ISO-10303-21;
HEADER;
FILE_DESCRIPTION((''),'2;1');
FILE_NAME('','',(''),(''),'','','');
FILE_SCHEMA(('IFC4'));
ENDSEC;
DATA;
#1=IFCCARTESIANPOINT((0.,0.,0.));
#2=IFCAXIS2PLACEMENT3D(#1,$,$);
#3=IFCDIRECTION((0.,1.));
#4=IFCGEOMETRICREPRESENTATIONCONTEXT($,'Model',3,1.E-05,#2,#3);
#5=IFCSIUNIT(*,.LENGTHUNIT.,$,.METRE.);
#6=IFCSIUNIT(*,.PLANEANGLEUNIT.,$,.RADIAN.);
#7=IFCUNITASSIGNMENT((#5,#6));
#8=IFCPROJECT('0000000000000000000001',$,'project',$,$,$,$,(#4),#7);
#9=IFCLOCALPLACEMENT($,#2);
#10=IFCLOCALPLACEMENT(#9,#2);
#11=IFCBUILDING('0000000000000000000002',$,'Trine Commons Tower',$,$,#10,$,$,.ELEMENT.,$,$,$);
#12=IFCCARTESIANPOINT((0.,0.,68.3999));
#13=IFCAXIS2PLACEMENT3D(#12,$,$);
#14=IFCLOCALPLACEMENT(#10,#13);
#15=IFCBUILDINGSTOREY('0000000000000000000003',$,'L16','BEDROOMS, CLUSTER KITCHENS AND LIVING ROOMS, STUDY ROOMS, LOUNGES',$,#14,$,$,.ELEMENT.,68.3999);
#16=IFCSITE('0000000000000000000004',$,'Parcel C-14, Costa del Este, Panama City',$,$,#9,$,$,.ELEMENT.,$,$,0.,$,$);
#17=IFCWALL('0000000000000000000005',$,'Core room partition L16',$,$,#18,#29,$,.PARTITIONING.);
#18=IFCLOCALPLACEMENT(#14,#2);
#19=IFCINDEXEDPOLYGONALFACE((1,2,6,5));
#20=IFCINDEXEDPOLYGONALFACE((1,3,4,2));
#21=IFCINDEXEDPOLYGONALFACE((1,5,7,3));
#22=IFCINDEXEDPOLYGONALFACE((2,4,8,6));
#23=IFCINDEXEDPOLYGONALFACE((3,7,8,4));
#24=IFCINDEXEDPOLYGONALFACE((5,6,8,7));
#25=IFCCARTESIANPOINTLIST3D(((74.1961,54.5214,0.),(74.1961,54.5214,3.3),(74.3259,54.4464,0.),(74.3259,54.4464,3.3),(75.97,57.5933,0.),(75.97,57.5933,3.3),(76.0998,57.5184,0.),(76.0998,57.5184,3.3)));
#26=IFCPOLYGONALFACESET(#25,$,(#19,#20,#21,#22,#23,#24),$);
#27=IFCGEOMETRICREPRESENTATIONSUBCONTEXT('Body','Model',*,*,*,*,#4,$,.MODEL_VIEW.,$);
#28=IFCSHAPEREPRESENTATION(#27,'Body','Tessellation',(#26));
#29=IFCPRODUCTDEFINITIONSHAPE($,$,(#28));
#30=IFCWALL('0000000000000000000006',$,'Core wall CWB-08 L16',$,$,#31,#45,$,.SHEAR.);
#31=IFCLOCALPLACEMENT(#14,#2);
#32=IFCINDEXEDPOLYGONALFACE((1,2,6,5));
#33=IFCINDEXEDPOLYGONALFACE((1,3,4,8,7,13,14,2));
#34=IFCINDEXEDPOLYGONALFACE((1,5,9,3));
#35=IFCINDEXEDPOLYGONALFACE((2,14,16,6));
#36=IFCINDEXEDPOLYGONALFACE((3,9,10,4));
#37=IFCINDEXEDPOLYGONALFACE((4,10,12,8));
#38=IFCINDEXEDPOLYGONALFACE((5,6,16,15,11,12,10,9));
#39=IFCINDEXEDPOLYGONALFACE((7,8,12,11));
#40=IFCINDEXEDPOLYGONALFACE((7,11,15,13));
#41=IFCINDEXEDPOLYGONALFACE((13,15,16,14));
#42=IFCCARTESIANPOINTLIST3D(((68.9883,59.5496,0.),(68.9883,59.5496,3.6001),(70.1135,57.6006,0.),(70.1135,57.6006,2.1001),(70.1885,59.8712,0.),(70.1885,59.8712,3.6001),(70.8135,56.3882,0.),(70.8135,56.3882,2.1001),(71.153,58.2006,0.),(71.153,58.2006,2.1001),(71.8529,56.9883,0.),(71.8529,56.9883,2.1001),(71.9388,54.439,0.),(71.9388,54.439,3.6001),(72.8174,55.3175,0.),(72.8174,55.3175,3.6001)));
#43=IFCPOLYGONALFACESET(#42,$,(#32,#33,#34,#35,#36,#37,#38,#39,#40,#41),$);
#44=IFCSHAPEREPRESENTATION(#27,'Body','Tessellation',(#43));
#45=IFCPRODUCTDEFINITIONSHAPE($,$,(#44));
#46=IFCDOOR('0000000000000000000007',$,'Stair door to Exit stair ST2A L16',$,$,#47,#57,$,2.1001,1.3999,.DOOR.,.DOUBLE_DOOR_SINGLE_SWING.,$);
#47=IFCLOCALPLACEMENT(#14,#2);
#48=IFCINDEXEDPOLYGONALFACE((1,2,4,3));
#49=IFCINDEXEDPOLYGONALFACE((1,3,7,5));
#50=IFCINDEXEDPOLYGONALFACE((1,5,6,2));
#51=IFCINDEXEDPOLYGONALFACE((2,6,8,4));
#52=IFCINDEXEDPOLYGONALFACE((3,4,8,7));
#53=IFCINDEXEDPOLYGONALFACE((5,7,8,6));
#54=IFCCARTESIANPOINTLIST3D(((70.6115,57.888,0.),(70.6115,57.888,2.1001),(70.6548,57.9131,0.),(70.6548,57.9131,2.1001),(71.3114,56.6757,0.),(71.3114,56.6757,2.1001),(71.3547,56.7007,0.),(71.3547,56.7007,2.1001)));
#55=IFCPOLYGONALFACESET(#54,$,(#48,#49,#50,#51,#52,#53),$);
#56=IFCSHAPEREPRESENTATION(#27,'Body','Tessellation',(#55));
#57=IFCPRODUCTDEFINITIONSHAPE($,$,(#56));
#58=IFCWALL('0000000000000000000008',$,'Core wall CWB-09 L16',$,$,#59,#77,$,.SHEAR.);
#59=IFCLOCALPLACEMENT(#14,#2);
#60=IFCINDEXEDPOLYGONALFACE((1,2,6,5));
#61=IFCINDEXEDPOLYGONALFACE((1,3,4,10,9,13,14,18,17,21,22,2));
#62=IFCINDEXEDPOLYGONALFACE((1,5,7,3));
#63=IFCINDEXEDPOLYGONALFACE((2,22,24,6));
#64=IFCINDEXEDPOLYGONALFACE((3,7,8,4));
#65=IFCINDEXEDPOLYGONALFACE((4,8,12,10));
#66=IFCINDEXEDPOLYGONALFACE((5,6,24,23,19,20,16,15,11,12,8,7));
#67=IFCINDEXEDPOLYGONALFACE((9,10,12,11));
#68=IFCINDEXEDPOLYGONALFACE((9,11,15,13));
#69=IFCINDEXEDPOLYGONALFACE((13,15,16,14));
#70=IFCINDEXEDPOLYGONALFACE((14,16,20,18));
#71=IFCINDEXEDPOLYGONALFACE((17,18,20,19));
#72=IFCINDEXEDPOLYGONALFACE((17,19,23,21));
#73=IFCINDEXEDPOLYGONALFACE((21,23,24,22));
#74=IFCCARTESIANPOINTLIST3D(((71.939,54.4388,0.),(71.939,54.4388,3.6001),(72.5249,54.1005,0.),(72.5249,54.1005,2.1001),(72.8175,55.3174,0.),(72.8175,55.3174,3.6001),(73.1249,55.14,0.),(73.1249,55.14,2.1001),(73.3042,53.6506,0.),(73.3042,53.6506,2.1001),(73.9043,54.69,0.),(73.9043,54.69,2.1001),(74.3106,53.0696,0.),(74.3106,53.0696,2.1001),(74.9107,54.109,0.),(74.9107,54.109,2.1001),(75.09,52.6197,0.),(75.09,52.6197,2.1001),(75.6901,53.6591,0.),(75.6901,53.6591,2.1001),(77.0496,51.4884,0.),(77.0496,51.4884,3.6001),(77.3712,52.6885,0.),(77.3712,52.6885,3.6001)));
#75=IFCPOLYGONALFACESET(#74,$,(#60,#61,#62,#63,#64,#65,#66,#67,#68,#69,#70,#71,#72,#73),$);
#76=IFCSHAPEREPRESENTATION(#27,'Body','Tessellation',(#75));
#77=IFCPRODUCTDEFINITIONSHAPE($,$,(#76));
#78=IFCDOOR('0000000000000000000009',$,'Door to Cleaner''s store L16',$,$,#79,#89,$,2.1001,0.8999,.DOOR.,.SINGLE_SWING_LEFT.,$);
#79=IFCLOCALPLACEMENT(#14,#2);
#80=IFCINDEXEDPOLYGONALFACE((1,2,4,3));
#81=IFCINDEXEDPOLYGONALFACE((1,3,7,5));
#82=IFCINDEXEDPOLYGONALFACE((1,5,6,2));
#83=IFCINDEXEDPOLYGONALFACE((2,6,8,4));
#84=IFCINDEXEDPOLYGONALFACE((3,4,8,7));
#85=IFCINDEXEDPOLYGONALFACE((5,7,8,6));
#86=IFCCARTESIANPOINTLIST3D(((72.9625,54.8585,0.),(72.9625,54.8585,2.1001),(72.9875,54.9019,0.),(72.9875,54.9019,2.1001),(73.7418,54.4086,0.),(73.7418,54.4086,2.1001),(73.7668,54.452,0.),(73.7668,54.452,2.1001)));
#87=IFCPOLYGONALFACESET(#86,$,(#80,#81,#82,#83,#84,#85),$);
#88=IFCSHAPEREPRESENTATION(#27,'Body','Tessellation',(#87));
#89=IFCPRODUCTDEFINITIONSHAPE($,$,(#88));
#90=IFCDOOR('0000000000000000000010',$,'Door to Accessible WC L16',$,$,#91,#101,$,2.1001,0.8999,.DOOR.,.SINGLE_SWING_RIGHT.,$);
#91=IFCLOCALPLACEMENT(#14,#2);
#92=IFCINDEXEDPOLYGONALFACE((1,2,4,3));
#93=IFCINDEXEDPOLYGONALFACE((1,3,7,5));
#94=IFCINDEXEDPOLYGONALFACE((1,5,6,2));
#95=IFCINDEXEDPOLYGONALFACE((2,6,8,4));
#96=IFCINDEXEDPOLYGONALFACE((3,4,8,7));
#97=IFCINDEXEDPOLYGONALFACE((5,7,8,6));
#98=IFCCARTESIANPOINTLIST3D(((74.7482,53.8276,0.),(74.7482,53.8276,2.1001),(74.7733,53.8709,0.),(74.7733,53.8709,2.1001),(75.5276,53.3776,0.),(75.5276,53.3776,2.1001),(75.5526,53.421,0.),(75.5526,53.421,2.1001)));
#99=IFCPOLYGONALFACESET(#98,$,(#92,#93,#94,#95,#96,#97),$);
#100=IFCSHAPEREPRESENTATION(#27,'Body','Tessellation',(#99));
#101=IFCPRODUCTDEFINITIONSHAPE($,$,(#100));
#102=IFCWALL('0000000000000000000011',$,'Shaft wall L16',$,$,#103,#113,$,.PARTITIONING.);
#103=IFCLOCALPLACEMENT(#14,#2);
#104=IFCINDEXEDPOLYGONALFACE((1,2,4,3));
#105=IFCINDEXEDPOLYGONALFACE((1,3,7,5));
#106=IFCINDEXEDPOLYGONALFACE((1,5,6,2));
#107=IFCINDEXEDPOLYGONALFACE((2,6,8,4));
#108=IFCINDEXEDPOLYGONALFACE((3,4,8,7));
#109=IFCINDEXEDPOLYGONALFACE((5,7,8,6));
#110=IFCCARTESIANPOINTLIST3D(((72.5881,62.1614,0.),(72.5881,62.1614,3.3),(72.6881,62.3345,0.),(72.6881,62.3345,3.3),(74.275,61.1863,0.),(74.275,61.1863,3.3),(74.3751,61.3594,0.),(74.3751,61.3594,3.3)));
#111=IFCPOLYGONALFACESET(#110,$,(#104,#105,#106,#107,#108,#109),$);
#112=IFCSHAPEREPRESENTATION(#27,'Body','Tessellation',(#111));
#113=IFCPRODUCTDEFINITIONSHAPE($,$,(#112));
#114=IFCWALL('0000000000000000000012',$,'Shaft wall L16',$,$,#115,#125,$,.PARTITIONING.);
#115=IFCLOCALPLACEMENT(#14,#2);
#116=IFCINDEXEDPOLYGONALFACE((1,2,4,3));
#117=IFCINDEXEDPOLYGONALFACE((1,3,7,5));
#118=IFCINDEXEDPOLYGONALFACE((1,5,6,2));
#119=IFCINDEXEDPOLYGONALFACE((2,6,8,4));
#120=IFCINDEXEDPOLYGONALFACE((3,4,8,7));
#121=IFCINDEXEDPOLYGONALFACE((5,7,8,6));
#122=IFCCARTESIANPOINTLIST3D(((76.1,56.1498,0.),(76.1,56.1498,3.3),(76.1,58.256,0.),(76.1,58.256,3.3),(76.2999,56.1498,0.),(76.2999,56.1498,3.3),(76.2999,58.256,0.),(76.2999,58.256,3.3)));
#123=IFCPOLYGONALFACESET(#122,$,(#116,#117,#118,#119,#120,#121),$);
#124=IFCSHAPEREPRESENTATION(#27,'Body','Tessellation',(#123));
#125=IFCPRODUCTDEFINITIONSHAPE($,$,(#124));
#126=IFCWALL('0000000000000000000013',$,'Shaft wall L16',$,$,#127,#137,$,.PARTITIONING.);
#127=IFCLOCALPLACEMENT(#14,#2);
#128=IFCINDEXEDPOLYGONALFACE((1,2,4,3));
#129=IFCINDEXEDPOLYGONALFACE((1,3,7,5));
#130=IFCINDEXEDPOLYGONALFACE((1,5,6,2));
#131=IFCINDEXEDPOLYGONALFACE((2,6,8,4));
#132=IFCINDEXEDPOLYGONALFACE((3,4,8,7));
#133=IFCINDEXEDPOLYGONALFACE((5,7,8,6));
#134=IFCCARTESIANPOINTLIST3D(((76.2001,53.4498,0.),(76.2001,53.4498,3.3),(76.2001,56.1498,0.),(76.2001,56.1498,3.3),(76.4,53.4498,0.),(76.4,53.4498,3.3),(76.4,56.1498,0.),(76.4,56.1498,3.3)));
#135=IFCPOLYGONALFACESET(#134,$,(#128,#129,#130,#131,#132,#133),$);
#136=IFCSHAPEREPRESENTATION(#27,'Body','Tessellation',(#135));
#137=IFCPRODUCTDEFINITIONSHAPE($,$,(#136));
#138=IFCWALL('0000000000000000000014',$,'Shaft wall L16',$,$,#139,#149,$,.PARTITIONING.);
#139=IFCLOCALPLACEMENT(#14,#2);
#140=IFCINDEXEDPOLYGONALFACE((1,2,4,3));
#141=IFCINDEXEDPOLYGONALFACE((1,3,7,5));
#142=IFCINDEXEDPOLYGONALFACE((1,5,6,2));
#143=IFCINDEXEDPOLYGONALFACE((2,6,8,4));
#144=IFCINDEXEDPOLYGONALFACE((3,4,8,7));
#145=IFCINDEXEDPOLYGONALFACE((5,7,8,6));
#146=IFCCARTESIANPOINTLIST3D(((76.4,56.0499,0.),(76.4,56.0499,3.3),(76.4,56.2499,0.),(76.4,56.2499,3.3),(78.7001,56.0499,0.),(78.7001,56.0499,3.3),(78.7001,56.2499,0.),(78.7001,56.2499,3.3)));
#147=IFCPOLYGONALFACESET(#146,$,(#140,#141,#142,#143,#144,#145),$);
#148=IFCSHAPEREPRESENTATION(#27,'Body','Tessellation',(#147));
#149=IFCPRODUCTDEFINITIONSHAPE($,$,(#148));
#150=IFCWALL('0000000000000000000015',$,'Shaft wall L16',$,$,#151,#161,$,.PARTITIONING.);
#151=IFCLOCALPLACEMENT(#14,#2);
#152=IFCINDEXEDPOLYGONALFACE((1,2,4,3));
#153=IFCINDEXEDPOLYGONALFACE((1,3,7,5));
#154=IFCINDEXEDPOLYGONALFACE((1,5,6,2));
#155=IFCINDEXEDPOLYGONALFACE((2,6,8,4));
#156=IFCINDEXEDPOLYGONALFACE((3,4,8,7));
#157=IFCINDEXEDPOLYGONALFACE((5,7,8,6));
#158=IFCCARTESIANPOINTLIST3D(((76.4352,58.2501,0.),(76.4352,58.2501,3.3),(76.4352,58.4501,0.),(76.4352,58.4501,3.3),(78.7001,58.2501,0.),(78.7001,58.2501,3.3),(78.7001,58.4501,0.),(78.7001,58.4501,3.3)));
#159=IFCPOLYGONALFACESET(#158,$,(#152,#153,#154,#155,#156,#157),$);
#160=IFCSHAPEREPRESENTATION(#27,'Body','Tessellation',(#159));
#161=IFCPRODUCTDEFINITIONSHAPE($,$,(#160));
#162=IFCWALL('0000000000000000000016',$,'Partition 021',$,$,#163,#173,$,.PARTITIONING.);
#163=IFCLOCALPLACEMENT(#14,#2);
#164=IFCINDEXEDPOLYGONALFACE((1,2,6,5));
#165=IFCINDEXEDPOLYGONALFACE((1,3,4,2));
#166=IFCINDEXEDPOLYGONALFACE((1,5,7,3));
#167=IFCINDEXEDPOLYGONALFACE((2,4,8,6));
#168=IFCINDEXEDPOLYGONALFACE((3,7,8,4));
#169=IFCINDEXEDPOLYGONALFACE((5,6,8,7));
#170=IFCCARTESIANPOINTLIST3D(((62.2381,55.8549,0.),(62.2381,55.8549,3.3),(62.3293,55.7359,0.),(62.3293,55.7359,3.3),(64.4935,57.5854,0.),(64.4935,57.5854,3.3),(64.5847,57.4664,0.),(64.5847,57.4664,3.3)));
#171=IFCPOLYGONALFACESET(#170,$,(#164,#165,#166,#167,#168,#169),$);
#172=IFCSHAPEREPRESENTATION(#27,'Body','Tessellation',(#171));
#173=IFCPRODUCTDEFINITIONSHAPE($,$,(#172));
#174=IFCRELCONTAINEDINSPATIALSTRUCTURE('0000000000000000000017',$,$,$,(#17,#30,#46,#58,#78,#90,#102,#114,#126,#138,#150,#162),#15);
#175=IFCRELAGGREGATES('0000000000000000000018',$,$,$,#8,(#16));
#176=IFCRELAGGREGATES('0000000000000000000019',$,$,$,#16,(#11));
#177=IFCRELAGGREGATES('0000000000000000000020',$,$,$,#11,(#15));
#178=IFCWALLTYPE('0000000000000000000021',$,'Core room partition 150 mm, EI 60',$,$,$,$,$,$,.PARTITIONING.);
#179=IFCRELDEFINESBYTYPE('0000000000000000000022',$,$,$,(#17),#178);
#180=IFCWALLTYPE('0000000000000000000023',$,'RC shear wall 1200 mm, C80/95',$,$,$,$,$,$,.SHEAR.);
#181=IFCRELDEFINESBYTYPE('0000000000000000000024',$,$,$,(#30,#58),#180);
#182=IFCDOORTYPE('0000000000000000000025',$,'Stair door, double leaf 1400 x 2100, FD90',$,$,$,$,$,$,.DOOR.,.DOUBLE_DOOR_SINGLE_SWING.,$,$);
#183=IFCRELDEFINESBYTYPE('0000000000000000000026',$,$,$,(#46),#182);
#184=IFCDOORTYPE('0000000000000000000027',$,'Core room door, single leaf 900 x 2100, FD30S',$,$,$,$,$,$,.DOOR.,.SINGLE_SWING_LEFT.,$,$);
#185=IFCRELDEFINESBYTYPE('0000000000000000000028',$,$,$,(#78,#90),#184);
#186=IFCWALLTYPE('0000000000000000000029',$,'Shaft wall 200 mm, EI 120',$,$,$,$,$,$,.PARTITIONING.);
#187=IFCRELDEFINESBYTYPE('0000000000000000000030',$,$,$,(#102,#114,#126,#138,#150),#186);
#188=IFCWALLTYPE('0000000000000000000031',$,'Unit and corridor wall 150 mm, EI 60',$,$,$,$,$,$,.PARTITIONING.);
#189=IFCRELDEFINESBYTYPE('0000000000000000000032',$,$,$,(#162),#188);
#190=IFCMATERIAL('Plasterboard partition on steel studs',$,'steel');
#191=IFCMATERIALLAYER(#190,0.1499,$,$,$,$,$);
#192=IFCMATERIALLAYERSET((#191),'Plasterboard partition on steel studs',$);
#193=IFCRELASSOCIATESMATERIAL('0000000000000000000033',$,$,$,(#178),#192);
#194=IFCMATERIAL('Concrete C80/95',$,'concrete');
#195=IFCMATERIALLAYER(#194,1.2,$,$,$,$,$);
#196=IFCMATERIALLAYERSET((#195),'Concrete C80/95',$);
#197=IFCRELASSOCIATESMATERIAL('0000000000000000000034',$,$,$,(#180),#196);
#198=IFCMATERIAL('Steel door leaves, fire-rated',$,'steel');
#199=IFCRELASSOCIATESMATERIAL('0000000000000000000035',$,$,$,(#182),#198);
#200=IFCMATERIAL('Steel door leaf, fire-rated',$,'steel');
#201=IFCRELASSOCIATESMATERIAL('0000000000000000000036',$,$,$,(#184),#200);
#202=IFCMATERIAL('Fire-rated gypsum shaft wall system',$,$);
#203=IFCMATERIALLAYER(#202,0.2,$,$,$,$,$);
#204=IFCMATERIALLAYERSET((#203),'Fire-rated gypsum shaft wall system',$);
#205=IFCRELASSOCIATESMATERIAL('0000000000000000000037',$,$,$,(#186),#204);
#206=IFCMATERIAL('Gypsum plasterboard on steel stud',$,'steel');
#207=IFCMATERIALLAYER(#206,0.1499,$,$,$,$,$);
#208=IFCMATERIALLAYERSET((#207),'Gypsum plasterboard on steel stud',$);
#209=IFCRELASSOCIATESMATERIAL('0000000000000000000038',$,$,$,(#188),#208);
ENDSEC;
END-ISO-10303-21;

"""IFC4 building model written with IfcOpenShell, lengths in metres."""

from ifc_helpers import new_model, si_unit, direction, frame, frame_2d, origin, place, context, subcontext, project, spatial, polyline, rectangle, outline, extrude, material, layer, layer_set, type_object, element, fill, save


model = new_model("IFC4")

# Units and contexts
model_context = context("Model", 3, precision=1e-05, world=origin(), true_north=direction((0.0, 1.0)))
body_context = subcontext(model_context, "Body", "Model", "MODEL_VIEW")
ifc_project = project(units=[si_unit("LENGTHUNIT", "METRE"), si_unit("PLANEANGLEUNIT", "RADIAN")], contexts=[model_context])

# Site, building, storey
site_placement = place(None, origin())
site = spatial("IfcSite", under=ifc_project, at=site_placement, Name="Parcel C-14, Costa del Este, Panama City", CompositionType="ELEMENT", RefElevation=0.0)
building_placement = place(site_placement, origin())
building = spatial("IfcBuilding", under=site, at=building_placement, Name="Trine Commons Tower", CompositionType="ELEMENT")
storey_placement = place(building_placement, frame((0.0, 0.0, 68.3999)))
storey = spatial("IfcBuildingStorey", under=building, at=storey_placement, Name="L16", Description="BEDROOMS, CLUSTER KITCHENS AND LIVING ROOMS, STUDY ROOMS, LOUNGES", CompositionType="ELEMENT", Elevation=68.3999)

# Wall
ifc_material_1 = material(Name="Plasterboard partition on steel studs", Category="steel")
ifc_layer_1 = layer(ifc_material_1, 0.1499)
ifc_layer_set_1 = layer_set([ifc_layer_1], Name="Plasterboard partition on steel studs")
wall_type_1 = type_object("IfcWallType", Name="Core room partition 150 mm, EI 60", PredefinedType="PARTITIONING", material=ifc_layer_set_1)
wall_1_placement = place(storey_placement, frame((74.261, 54.4839, 0.0), z_axis=(0.0, 0.0, 1.0), x_axis=(0.500062, 0.86599, 0.0)))
element("IfcWall", 1, at=wall_1_placement, inside=storey, type_object=wall_type_1, Name="Core room partition L16", PredefinedType="PARTITIONING", context=body_context, shape_type="SweptSolid", body=[
    extrude(rectangle(XDim=3.5474, YDim=0.1499, at=frame_2d((1.7737, 0.0))), origin(), (0.0, 0.0, 1.0), 3.3),
])

# Wall, opening, door
ifc_material_2 = material(Name="Concrete C80/95", Category="concrete")
ifc_layer_2 = layer(ifc_material_2, 1.2)
ifc_layer_set_2 = layer_set([ifc_layer_2], Name="Concrete C80/95")
wall_type_2 = type_object("IfcWallType", Name="RC shear wall 1200 mm, C80/95", PredefinedType="SHEAR", material=ifc_layer_set_2)
wall_2_placement = place(storey_placement, frame((69.5081, 59.8496, 0.0), z_axis=(0.0, 0.0, 1.0), x_axis=(0.499979, -0.866037, 0.0)))
wall_2 = element("IfcWall", 2, at=wall_2_placement, inside=storey, type_object=wall_type_2, Name="Core wall CWB-08 L16", PredefinedType="SHEAR", context=body_context, shape_type="SweptSolid", body=[
    extrude(outline(polyline([(0.0, -0.6001), (5.9011, -0.6001), (5.5796, 0.6001), (0.3215, 0.6001), (0.0, -0.6001)])), origin(), (0.0, 0.0, 1.0), 3.6001),
])
opening_1_placement = place(wall_2_placement, frame((2.2505, 0.0, 0.0)))
opening_1 = element("IfcOpeningElement", 3, at=opening_1_placement, cuts=wall_2, PredefinedType="OPENING", context=body_context, shape_type="SweptSolid", body=[
    extrude(rectangle(XDim=1.3999, YDim=2.1001, at=frame_2d((0.7, 1.05))), frame((0.0, 0.6099, 0.0), z_axis=(0.0, -1.0, 0.0), x_axis=(1.0, 0.0, 0.0)), (0.0, 0.0, 1.0), 1.22),
])
ifc_material_3 = material(Name="Steel door leaves, fire-rated", Category="steel")
door_type_1 = type_object("IfcDoorType", Name="Stair door, double leaf 1400 x 2100, FD90", OperationType="DOUBLE_DOOR_SINGLE_SWING", PredefinedType="DOOR", material=ifc_material_3)
door_1_placement = place(opening_1_placement, origin())
door_1 = element("IfcDoor", 4, at=door_1_placement, inside=storey, type_object=door_type_1, Name="Stair door to Exit stair ST2A L16", OperationType="DOUBLE_DOOR_SINGLE_SWING", OverallHeight=2.1001, OverallWidth=1.3999, PredefinedType="DOOR", context=body_context, shape_type="SweptSolid", body=[
    extrude(rectangle(XDim=1.3999, YDim=2.1001, at=frame_2d((0.7, 1.05))), frame((0.0, 0.0249, 0.0), z_axis=(0.0, -1.0, 0.0), x_axis=(1.0, 0.0, 0.0)), (0.0, 0.0, 1.0), 0.05),
])
fill(opening_1, door_1)

# Wall, openings, doors
wall_3_placement = place(storey_placement, frame((72.239, 54.9585, 0.0), z_axis=(0.0, 0.0, 1.0), x_axis=(0.866037, -0.499979, 0.0)))
wall_3 = element("IfcWall", 5, at=wall_3_placement, inside=storey, type_object=wall_type_2, Name="Core wall CWB-09 L16", PredefinedType="SHEAR", context=body_context, shape_type="SweptSolid", body=[
    extrude(outline(polyline([(0.0, -0.6001), (5.9011, -0.6001), (5.5796, 0.6001), (0.3215, 0.6001), (0.0, -0.6001)])), origin(), (0.0, 0.0, 1.0), 3.6001),
])
opening_2_placement = place(wall_3_placement, frame((0.6765, 0.0, 0.0)))
opening_2 = element("IfcOpeningElement", 6, at=opening_2_placement, cuts=wall_3, PredefinedType="OPENING", context=body_context, shape_type="SweptSolid", body=[
    extrude(rectangle(XDim=0.8999, YDim=2.1001, at=frame_2d((0.45, 1.05))), frame((0.0, 0.6099, 0.0), z_axis=(0.0, -1.0, 0.0), x_axis=(1.0, 0.0, 0.0)), (0.0, 0.0, 1.0), 1.22),
])
opening_3_placement = place(wall_3_placement, frame((2.7385, 0.0, 0.0)))
opening_3 = element("IfcOpeningElement", 7, at=opening_3_placement, cuts=wall_3, PredefinedType="OPENING", context=body_context, shape_type="SweptSolid", body=[
    extrude(rectangle(XDim=0.8999, YDim=2.1001, at=frame_2d((0.45, 1.05))), frame((0.0, 0.6099, 0.0), z_axis=(0.0, -1.0, 0.0), x_axis=(1.0, 0.0, 0.0)), (0.0, 0.0, 1.0), 1.22),
])
ifc_material_4 = material(Name="Steel door leaf, fire-rated", Category="steel")
door_type_2 = type_object("IfcDoorType", Name="Core room door, single leaf 900 x 2100, FD30S", OperationType="SINGLE_SWING_LEFT", PredefinedType="DOOR", material=ifc_material_4)
door_2_placement = place(opening_2_placement, origin())
door_2 = element("IfcDoor", 8, at=door_2_placement, inside=storey, type_object=door_type_2, Name="Door to Cleaner's store L16", OperationType="SINGLE_SWING_LEFT", OverallHeight=2.1001, OverallWidth=0.8999, PredefinedType="DOOR", context=body_context, shape_type="SweptSolid", body=[
    extrude(rectangle(XDim=0.8999, YDim=2.1001, at=frame_2d((0.45, 1.05))), frame((0.0, 0.3252, 0.0), z_axis=(0.0, -1.0, 0.0), x_axis=(1.0, 0.0, 0.0)), (0.0, 0.0, 1.0), 0.05),
])
fill(opening_2, door_2)
door_3_placement = place(opening_3_placement, origin())
door_3 = element("IfcDoor", 9, at=door_3_placement, inside=storey, type_object=door_type_2, Name="Door to Accessible WC L16", OperationType="SINGLE_SWING_RIGHT", OverallHeight=2.1001, OverallWidth=0.8999, PredefinedType="DOOR", context=body_context, shape_type="SweptSolid", body=[
    extrude(rectangle(XDim=0.8999, YDim=2.1001, at=frame_2d((0.45, 1.05))), frame((0.0, 0.3252, 0.0), z_axis=(0.0, -1.0, 0.0), x_axis=(1.0, 0.0, 0.0)), (0.0, 0.0, 1.0), 0.05),
])
fill(opening_3, door_3)

# Walls
ifc_material_5 = material(Name="Fire-rated gypsum shaft wall system")
ifc_layer_3 = layer(ifc_material_5, 0.2)
ifc_layer_set_3 = layer_set([ifc_layer_3], Name="Fire-rated gypsum shaft wall system")
wall_type_3 = type_object("IfcWallType", Name="Shaft wall 200 mm, EI 120", PredefinedType="PARTITIONING", material=ifc_layer_set_3)
wall_4_placement = place(storey_placement, frame((74.325, 61.2729, 0.0), z_axis=(0.0, 0.0, 1.0), x_axis=(-0.865781, 0.500424, 0.0)))
element("IfcWall", 10, at=wall_4_placement, inside=storey, type_object=wall_type_3, Name="Shaft wall L16", PredefinedType="PARTITIONING", context=body_context, shape_type="SweptSolid", body=[
    extrude(rectangle(XDim=1.9485, YDim=0.2, at=frame_2d((0.9741, 0.0))), origin(), (0.0, 0.0, 1.0), 3.3),
])
wall_5_placement = place(storey_placement, frame((76.2, 58.2561, 0.0), z_axis=(0.0, 0.0, 1.0), x_axis=(0.0, -1.0, 0.0)))
element("IfcWall", 11, at=wall_5_placement, inside=storey, type_object=wall_type_3, Name="Shaft wall L16", PredefinedType="PARTITIONING", context=body_context, shape_type="SweptSolid", body=[
    extrude(rectangle(XDim=2.1062, YDim=0.2, at=frame_2d((1.0532, 0.0))), origin(), (0.0, 0.0, 1.0), 3.3),
])
wall_6_placement = place(storey_placement, frame((76.3, 56.1499, 0.0), z_axis=(0.0, 0.0, 1.0), x_axis=(0.0, -1.0, 0.0)))
element("IfcWall", 12, at=wall_6_placement, inside=storey, type_object=wall_type_3, Name="Shaft wall L16", PredefinedType="PARTITIONING", context=body_context, shape_type="SweptSolid", body=[
    extrude(rectangle(XDim=2.7, YDim=0.2, at=frame_2d((1.3501, 0.0))), origin(), (0.0, 0.0, 1.0), 3.3),
])
wall_7_placement = place(storey_placement, frame((78.7, 56.1499, 0.0), z_axis=(0.0, 0.0, 1.0), x_axis=(-1.0, 0.0, 0.0)))
element("IfcWall", 13, at=wall_7_placement, inside=storey, type_object=wall_type_3, Name="Shaft wall L16", PredefinedType="PARTITIONING", context=body_context, shape_type="SweptSolid", body=[
    extrude(rectangle(XDim=2.3, YDim=0.2, at=frame_2d((1.1499, 0.0))), origin(), (0.0, 0.0, 1.0), 3.3),
])
wall_8_placement = place(storey_placement, frame((78.7, 58.3501, 0.0), z_axis=(0.0, 0.0, 1.0), x_axis=(-1.0, 0.0, 0.0)))
element("IfcWall", 14, at=wall_8_placement, inside=storey, type_object=wall_type_3, Name="Shaft wall L16", PredefinedType="PARTITIONING", context=body_context, shape_type="SweptSolid", body=[
    extrude(rectangle(XDim=2.2649, YDim=0.2, at=frame_2d((1.1323, 0.0))), origin(), (0.0, 0.0, 1.0), 3.3),
])
ifc_material_6 = material(Name="Gypsum plasterboard on steel stud", Category="steel")
ifc_layer_4 = layer(ifc_material_6, 0.1499)
ifc_layer_set_4 = layer_set([ifc_layer_4], Name="Gypsum plasterboard on steel stud")
wall_type_4 = type_object("IfcWallType", Name="Unit and corridor wall 150 mm, EI 60", PredefinedType="PARTITIONING", material=ifc_layer_set_4)
wall_9_placement = place(storey_placement, frame((62.2837, 55.7954, 0.0), z_axis=(0.0, 0.0, 1.0), x_axis=(0.793377, 0.608731, 0.0)))
element("IfcWall", 15, at=wall_9_placement, inside=storey, type_object=wall_type_4, Name="Partition 021", PredefinedType="PARTITIONING", context=body_context, shape_type="SweptSolid", body=[
    extrude(rectangle(XDim=2.8428, YDim=0.1499, at=frame_2d((1.4214, 0.0))), origin(), (0.0, 0.0, 1.0), 3.3),
])

save(model, "model.ifc")
